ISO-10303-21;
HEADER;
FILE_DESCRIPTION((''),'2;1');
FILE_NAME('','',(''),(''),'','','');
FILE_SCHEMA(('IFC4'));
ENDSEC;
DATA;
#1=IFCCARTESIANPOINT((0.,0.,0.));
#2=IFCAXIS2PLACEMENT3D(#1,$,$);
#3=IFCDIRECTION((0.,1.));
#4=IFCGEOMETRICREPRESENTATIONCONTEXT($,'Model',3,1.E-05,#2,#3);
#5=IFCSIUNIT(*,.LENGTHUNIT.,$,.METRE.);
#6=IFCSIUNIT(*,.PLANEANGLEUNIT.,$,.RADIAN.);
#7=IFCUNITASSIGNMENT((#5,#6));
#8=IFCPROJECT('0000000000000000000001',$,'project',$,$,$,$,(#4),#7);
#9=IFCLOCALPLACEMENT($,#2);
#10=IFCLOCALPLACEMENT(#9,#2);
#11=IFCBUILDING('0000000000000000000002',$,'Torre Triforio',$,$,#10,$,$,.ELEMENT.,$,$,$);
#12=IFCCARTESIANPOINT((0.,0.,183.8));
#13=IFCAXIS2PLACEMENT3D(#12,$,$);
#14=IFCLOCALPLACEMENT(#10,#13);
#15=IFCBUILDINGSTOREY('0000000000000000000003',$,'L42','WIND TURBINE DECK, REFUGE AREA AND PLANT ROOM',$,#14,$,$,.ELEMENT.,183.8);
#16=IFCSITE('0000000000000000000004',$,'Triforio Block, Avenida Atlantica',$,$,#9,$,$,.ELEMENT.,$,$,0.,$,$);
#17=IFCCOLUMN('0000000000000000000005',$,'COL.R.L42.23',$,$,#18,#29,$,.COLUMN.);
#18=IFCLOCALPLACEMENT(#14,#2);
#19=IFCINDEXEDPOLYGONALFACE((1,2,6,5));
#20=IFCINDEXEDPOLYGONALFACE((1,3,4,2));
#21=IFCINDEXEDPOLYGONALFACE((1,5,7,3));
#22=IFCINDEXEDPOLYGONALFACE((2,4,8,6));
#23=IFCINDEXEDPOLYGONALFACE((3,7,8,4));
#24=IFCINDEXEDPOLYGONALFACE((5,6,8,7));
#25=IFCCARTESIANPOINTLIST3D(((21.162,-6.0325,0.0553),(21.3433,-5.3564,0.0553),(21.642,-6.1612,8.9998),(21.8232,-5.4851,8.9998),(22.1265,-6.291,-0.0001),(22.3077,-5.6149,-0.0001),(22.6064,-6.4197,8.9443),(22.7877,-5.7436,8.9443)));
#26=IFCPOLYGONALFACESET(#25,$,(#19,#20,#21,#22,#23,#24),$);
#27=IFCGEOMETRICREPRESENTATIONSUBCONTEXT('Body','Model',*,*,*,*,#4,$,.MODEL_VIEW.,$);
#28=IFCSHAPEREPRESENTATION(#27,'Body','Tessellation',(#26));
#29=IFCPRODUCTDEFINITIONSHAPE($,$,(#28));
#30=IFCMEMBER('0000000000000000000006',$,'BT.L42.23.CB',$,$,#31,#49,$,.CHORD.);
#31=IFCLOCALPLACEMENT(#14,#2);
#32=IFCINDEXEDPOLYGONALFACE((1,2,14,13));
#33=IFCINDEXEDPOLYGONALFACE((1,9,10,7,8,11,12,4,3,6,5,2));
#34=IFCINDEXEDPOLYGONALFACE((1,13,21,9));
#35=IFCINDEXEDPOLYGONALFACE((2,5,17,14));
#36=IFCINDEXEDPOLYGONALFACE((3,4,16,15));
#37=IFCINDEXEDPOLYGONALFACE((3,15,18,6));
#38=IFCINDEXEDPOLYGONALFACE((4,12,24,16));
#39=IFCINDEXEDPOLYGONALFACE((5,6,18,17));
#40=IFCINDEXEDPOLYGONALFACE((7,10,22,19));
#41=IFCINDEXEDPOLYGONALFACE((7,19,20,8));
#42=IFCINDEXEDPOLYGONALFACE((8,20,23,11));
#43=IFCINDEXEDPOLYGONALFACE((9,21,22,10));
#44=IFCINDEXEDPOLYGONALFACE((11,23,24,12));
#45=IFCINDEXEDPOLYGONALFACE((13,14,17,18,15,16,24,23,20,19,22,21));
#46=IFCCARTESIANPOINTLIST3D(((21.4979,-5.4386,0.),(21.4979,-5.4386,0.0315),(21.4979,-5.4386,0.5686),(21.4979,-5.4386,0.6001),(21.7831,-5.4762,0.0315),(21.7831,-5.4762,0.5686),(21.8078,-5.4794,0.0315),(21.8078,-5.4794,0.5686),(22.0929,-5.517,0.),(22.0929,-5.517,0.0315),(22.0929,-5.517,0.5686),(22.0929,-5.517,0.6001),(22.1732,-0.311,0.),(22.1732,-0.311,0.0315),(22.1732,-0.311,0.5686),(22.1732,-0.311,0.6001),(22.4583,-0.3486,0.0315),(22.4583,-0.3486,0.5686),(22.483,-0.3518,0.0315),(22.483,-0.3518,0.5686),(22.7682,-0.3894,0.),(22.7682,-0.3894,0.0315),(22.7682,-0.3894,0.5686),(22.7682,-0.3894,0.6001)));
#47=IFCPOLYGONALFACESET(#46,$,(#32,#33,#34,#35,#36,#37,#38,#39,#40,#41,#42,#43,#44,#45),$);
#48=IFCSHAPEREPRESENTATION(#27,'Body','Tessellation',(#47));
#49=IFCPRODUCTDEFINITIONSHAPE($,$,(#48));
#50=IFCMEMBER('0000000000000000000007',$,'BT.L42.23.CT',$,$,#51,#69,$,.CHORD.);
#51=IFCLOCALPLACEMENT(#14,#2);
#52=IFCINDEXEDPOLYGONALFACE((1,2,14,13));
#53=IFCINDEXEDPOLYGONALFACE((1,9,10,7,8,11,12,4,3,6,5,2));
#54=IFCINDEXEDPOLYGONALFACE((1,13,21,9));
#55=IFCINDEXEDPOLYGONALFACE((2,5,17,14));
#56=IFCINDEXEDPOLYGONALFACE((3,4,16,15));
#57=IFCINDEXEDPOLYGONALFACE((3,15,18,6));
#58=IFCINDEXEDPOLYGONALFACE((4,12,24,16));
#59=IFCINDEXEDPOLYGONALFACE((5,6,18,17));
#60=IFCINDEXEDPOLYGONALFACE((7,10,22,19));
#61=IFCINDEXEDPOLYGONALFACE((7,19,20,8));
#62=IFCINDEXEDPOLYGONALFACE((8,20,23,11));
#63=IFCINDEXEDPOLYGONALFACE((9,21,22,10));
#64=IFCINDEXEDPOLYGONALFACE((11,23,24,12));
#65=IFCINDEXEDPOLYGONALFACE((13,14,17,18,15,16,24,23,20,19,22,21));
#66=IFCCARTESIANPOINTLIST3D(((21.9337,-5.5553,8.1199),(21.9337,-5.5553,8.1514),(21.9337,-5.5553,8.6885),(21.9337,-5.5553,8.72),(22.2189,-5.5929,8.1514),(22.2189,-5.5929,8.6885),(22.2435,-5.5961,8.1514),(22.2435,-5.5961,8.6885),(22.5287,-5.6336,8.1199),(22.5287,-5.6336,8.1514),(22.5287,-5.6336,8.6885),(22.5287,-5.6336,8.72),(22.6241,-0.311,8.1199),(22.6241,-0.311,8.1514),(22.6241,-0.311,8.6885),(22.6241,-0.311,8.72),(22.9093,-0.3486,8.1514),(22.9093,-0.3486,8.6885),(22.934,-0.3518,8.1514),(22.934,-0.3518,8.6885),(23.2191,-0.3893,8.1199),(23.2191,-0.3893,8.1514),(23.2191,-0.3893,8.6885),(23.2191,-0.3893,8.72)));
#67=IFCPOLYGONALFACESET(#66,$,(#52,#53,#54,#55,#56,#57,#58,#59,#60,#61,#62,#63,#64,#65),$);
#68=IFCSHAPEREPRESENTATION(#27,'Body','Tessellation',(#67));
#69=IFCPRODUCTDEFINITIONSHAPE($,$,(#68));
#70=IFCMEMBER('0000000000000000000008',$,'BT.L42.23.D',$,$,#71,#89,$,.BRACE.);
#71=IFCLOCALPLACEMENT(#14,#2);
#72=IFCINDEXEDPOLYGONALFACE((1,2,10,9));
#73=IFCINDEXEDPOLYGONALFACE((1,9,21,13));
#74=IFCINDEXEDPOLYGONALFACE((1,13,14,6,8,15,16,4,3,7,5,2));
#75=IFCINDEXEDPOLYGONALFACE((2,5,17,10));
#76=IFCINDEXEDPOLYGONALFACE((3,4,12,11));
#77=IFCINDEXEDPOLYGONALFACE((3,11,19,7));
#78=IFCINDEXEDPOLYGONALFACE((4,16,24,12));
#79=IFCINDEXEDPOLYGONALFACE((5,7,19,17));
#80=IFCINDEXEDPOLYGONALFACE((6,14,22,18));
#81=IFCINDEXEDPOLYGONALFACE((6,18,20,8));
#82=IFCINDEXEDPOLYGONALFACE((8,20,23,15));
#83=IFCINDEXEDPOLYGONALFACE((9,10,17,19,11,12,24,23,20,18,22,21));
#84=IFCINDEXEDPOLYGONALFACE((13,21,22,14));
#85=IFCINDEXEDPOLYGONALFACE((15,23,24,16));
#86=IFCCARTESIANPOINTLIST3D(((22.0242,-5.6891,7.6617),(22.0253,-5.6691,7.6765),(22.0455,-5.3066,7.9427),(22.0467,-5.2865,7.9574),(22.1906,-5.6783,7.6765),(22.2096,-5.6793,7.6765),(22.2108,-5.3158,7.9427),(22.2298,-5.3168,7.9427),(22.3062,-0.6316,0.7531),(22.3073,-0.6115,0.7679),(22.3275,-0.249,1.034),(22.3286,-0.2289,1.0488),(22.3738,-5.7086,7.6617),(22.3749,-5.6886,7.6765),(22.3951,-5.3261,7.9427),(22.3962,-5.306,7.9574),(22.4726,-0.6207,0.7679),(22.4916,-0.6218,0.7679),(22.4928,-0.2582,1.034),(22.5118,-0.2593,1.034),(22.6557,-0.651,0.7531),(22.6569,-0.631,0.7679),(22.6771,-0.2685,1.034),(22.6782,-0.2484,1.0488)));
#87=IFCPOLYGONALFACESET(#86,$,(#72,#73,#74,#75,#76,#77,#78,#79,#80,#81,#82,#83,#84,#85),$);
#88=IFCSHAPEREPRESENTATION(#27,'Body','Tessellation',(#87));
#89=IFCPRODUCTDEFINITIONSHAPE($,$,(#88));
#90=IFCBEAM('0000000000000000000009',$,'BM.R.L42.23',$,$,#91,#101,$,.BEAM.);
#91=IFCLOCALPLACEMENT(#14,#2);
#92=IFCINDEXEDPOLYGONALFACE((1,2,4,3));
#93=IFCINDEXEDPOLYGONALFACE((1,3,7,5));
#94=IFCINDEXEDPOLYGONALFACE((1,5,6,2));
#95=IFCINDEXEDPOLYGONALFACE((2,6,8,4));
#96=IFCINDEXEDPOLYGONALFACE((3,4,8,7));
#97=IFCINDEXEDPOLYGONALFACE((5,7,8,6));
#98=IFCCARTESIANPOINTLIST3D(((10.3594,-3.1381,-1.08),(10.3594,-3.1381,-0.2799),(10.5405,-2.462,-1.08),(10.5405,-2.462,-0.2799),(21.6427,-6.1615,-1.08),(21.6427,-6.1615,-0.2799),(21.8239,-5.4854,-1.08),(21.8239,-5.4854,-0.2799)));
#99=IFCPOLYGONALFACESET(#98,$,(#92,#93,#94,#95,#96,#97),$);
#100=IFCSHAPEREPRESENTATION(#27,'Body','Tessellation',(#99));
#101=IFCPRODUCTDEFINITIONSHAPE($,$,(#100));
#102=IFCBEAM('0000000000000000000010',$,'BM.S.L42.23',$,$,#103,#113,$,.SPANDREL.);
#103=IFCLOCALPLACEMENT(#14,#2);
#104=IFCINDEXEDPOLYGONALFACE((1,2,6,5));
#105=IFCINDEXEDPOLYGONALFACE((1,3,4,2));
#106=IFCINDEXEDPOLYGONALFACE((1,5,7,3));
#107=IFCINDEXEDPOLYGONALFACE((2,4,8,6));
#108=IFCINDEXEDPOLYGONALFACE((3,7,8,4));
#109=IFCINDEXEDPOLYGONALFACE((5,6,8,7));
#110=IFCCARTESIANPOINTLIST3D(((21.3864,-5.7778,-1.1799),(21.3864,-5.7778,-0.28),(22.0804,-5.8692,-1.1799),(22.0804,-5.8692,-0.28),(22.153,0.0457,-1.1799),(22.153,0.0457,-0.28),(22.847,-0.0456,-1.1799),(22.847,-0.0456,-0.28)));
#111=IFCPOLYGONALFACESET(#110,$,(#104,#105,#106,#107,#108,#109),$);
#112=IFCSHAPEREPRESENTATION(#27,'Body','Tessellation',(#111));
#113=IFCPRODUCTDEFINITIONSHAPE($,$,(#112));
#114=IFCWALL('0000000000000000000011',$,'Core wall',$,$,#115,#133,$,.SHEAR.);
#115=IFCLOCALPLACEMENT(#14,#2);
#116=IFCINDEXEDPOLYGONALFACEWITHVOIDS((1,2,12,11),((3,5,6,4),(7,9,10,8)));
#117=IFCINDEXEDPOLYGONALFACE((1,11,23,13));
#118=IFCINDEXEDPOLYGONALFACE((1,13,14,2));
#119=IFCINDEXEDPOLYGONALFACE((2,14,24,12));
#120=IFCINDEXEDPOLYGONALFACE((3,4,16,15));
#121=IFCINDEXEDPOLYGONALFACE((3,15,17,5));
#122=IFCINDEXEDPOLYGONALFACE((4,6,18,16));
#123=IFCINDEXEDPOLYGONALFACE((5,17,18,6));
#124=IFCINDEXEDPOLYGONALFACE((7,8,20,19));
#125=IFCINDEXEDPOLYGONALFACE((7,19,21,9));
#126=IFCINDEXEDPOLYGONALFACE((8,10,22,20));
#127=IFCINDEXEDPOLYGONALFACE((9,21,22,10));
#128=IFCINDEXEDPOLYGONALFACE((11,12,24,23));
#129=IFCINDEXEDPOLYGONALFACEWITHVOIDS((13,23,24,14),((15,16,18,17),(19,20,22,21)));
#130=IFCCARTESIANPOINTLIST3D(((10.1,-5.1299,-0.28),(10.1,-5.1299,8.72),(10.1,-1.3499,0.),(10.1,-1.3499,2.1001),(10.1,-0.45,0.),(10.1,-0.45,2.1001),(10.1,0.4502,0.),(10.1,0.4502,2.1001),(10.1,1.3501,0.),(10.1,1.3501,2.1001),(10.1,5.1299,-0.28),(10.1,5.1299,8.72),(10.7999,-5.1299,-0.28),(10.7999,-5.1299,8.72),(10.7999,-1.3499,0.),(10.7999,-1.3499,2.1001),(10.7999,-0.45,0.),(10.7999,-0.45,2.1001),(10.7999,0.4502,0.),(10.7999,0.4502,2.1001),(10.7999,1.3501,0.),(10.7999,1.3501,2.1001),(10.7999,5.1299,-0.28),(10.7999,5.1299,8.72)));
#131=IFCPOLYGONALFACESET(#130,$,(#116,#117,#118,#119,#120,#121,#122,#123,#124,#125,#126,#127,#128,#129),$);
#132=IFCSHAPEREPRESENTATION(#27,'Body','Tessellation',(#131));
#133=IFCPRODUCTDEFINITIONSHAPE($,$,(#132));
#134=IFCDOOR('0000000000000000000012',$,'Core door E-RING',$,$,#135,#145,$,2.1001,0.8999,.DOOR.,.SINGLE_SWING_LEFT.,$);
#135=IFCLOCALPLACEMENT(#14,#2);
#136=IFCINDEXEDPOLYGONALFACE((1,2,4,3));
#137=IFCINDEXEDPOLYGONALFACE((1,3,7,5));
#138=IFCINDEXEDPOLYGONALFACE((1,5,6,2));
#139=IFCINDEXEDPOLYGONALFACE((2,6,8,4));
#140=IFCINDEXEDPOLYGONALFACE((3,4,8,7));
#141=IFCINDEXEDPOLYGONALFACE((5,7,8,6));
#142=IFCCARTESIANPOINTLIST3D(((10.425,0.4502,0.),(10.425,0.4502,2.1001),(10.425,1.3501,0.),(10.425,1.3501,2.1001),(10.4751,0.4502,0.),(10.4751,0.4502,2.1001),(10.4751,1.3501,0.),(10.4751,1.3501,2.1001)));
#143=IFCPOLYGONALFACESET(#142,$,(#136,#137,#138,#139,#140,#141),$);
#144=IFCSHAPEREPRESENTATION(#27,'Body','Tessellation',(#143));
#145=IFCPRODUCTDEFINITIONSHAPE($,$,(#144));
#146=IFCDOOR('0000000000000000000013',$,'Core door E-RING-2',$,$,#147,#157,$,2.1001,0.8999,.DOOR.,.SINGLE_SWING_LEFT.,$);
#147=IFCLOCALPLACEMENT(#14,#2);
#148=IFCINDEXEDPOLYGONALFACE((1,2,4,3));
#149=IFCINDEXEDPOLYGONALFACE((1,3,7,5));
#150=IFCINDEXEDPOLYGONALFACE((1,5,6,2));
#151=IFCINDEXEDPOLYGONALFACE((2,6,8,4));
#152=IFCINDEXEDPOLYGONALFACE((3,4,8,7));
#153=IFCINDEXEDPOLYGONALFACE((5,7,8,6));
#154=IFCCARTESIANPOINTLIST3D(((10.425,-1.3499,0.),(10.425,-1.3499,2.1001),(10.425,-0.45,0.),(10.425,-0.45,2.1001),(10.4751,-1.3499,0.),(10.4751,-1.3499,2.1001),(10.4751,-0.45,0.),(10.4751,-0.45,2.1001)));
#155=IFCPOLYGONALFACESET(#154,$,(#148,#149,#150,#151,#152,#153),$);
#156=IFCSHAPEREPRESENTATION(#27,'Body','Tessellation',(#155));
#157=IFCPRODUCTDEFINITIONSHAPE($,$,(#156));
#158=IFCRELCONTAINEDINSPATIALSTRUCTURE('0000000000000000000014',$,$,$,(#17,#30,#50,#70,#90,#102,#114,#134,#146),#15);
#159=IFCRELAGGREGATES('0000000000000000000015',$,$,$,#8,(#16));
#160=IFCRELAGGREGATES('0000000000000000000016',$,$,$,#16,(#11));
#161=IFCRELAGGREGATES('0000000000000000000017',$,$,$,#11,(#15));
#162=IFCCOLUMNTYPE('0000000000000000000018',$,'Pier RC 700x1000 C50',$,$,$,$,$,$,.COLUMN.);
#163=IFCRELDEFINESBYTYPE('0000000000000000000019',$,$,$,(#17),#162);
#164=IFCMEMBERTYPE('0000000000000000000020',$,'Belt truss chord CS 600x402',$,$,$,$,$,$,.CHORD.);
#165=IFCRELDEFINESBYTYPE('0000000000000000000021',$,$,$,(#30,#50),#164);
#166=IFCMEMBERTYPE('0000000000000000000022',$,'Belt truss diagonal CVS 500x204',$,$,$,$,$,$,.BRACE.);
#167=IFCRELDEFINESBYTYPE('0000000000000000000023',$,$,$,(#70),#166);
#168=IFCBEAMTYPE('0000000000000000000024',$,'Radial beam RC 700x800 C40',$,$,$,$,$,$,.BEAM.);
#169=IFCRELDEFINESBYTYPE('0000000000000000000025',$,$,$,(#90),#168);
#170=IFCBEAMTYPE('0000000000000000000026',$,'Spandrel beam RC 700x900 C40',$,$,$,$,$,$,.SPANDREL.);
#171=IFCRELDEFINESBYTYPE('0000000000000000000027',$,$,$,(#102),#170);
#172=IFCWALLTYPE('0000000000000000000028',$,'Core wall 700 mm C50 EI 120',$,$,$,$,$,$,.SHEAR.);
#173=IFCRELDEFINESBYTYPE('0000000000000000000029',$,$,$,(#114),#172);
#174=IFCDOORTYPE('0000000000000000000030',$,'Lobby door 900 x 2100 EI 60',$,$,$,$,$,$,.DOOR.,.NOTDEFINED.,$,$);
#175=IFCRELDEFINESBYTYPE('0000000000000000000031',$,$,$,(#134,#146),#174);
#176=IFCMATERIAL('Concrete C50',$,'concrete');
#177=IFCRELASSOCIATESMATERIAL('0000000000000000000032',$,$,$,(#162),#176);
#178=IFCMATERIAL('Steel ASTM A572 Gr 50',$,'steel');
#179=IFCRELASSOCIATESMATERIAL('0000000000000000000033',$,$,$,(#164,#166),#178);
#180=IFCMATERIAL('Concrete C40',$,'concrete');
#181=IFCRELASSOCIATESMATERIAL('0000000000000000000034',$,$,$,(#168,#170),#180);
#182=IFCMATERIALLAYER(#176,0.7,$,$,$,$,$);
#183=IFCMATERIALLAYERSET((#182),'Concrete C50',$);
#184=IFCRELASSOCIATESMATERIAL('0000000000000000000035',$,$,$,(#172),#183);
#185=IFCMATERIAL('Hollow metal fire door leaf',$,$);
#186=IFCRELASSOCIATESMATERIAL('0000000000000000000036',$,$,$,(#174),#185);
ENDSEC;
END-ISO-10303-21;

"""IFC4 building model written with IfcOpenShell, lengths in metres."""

from ifc_helpers import new_model, si_unit, direction, frame, frame_2d, origin, origin_2d, place, context, subcontext, project, spatial, rectangle, i_section, extrude, material, layer, layer_set, material_profile, profile_set, type_object, element, fill, save


model = new_model("IFC4")

# Units and contexts
model_context = context("Model", 3, precision=1e-05, world=origin(), true_north=direction((0.0, 1.0)))
body_context = subcontext(model_context, "Body", "Model", "MODEL_VIEW")
ifc_project = project(units=[si_unit("LENGTHUNIT", "METRE"), si_unit("PLANEANGLEUNIT", "RADIAN")], contexts=[model_context])

# Site, building, storey
site_placement = place(None, origin())
site = spatial("IfcSite", under=ifc_project, at=site_placement, Name="Triforio Block, Avenida Atlantica", CompositionType="ELEMENT", RefElevation=0.0)
building_placement = place(site_placement, origin())
building = spatial("IfcBuilding", under=site, at=building_placement, Name="Torre Triforio", CompositionType="ELEMENT")
storey_placement = place(building_placement, frame((0.0, 0.0, 183.8)))
storey = spatial("IfcBuildingStorey", under=building, at=storey_placement, Name="L42", Description="WIND TURBINE DECK, REFUGE AREA AND PLANT ROOM", CompositionType="ELEMENT", Elevation=183.8)

# Column
ifc_material_1 = material(Name="Concrete C50", Category="concrete")
ifc_material_profile_1 = material_profile(ifc_material_1, rectangle(XDim=0.7, YDim=1.0, at=origin_2d()), Name="RC 700x1000")
ifc_profile_set_1 = profile_set([ifc_material_profile_1], Name="Concrete C50")
column_type = type_object("IfcColumnType", Name="Pier RC 700x1000 C50", PredefinedType="COLUMN", material=ifc_profile_set_1)
column_placement = place(storey_placement, frame((21.7349, -5.8237, 0.0276), z_axis=(0.053579, -0.014362, 0.99846), x_axis=(0.258916, 0.9659, 0.0)))
element("IfcColumn", 1, at=column_placement, inside=storey, type_object=column_type, Name="COL.R.L42.23", PredefinedType="COLUMN", context=body_context, shape_type="SweptSolid", body=[
    extrude(rectangle(XDim=0.7, YDim=1.0, at=origin_2d()), origin(), (0.0, 0.0, 1.0), 8.9583),
])

# Members
ifc_material_2 = material(Name="Steel ASTM A572 Gr 50", Category="steel")
ifc_material_profile_2 = material_profile(ifc_material_2, i_section(OverallWidth=0.6001, OverallDepth=0.6001, WebThickness=0.0249, FlangeThickness=0.0315, at=origin_2d()), Name="CS 600x402")
ifc_profile_set_2 = profile_set([ifc_material_profile_2], Name="Steel ASTM A572 Gr 50")
member_type_1 = type_object("IfcMemberType", Name="Belt truss chord CS 600x402", PredefinedType="CHORD", material=ifc_profile_set_2)
member_1_placement = place(storey_placement, frame((21.7954, -5.4778, 0.3), z_axis=(0.130568, 0.991439, 0.0), x_axis=(-0.991439, 0.130568, 0.0)))
element("IfcMember", 2, at=member_1_placement, inside=storey, type_object=member_type_1, Name="BT.L42.23.CB", PredefinedType="CHORD", context=body_context, shape_type="SweptSolid", body=[
    extrude(i_section(OverallWidth=0.6001, OverallDepth=0.6001, WebThickness=0.0249, FlangeThickness=0.0315, at=origin_2d()), origin(), (0.0, 0.0, 1.0), 5.1719),
])
member_2_placement = place(storey_placement, frame((22.2312, -5.5945, 8.4199), z_axis=(0.130525, 0.991445, 0.0), x_axis=(-0.991445, 0.130525, 0.0)))
element("IfcMember", 3, at=member_2_placement, inside=storey, type_object=member_type_1, Name="BT.L42.23.CT", PredefinedType="CHORD", context=body_context, shape_type="SweptSolid", body=[
    extrude(i_section(OverallWidth=0.6001, OverallDepth=0.6001, WebThickness=0.0249, FlangeThickness=0.0315, at=origin_2d()), origin(), (0.0, 0.0, 1.0), 5.2896),
])
ifc_material_profile_3 = material_profile(ifc_material_2, i_section(OverallWidth=0.3501, OverallDepth=0.5, WebThickness=0.019, FlangeThickness=0.0249, at=origin_2d()), Name="CVS 500x204")
ifc_profile_set_3 = profile_set([ifc_material_profile_3], Name="Steel ASTM A572 Gr 50")
member_type_2 = type_object("IfcMemberType", Name="Belt truss diagonal CVS 500x204", PredefinedType="BRACE", material=ifc_profile_set_3)
member_3_placement = place(storey_placement, frame((22.2102, -5.4976, 7.8096), z_axis=(0.032916, 0.590378, -0.806455), x_axis=(-0.998449, 0.055668, 0.0)))
element("IfcMember", 4, at=member_3_placement, inside=storey, type_object=member_type_2, Name="BT.L42.23.D", PredefinedType="BRACE", context=body_context, shape_type="SweptSolid", body=[
    extrude(i_section(OverallWidth=0.3501, OverallDepth=0.5, WebThickness=0.019, FlangeThickness=0.0249, at=origin_2d()), origin(), (0.0, 0.0, 1.0), 8.5667),
])

# Beams
ifc_material_3 = material(Name="Concrete C40", Category="concrete")
ifc_material_profile_4 = material_profile(ifc_material_3, rectangle(XDim=0.7, YDim=0.8, at=origin_2d()), Name="RC 700x800")
ifc_profile_set_4 = profile_set([ifc_material_profile_4], Name="Concrete C40")
beam_type_1 = type_object("IfcBeamType", Name="Radial beam RC 700x800 C40", PredefinedType="BEAM", material=ifc_profile_set_4)
beam_1_placement = place(storey_placement, frame((10.45, -2.8, -0.6799), z_axis=(0.965925, -0.258823, 0.0), x_axis=(0.258823, 0.965925, 0.0)))
element("IfcBeam", 5, at=beam_1_placement, inside=storey, type_object=beam_type_1, Name="BM.R.L42.23", PredefinedType="BEAM", context=body_context, shape_type="SweptSolid", body=[
    extrude(rectangle(XDim=0.7, YDim=0.8, at=origin_2d()), origin(), (0.0, 0.0, 1.0), 11.6814),
])
ifc_material_profile_5 = material_profile(ifc_material_3, rectangle(XDim=0.7, YDim=0.8999, at=origin_2d()), Name="RC 700x900")
ifc_profile_set_5 = profile_set([ifc_material_profile_5], Name="Concrete C40")
beam_type_2 = type_object("IfcBeamType", Name="Spandrel beam RC 700x900 C40", PredefinedType="SPANDREL", material=ifc_profile_set_5)
beam_2_placement = place(storey_placement, frame((21.7334, -5.8235, -0.73), z_axis=(0.130514, 0.991447, 0.0), x_axis=(-0.991447, 0.130514, 0.0)))
element("IfcBeam", 6, at=beam_2_placement, inside=storey, type_object=beam_type_2, Name="BM.S.L42.23", PredefinedType="SPANDREL", context=body_context, shape_type="SweptSolid", body=[
    extrude(rectangle(XDim=0.7, YDim=0.8999, at=origin_2d()), origin(), (0.0, 0.0, 1.0), 5.8738),
])

# Wall, openings, doors
ifc_layer_1 = layer(ifc_material_1, 0.7)
ifc_layer_set_1 = layer_set([ifc_layer_1], Name="Concrete C50")
wall_type_1 = type_object("IfcWallType", Name="Core wall 700 mm C50 EI 120", PredefinedType="SHEAR", material=ifc_layer_set_1)
wall_1_placement = place(storey_placement, frame((10.45, -5.1299, -0.28), z_axis=(0.0, 0.0, 1.0), x_axis=(0.0, 1.0, 0.0)))
wall_1 = element("IfcWall", 7, at=wall_1_placement, inside=storey, type_object=wall_type_1, Name="Core wall", PredefinedType="SHEAR", context=body_context, shape_type="SweptSolid", body=[
    extrude(rectangle(XDim=10.2598, YDim=0.7, at=frame_2d((5.1299, 0.0))), origin(), (0.0, 0.0, 1.0), 9.0),
])
opening_1_placement = place(wall_1_placement, frame((5.5801, 0.0, 0.28)))
opening_1 = element("IfcOpeningElement", 8, at=opening_1_placement, cuts=wall_1, PredefinedType="OPENING", context=body_context, shape_type="SweptSolid", body=[
    extrude(rectangle(XDim=0.8999, YDim=2.1001, at=frame_2d((0.45, 1.05))), frame((0.0, 0.3599, 0.0), z_axis=(0.0, -1.0, 0.0), x_axis=(1.0, 0.0, 0.0)), (0.0, 0.0, 1.0), 0.72),
])
opening_2_placement = place(wall_1_placement, frame((3.78, 0.0, 0.28)))
opening_2 = element("IfcOpeningElement", 9, at=opening_2_placement, cuts=wall_1, PredefinedType="OPENING", context=body_context, shape_type="SweptSolid", body=[
    extrude(rectangle(XDim=0.8999, YDim=2.1001, at=frame_2d((0.45, 1.05))), frame((0.0, 0.3599, 0.0), z_axis=(0.0, -1.0, 0.0), x_axis=(1.0, 0.0, 0.0)), (0.0, 0.0, 1.0), 0.72),
])
ifc_material_4 = material(Name="Hollow metal fire door leaf")
door_type_1 = type_object("IfcDoorType", Name="Lobby door 900 x 2100 EI 60", OperationType="NOTDEFINED", PredefinedType="DOOR", material=ifc_material_4)
door_1_placement = place(opening_1_placement, origin())
door_1 = element("IfcDoor", 10, at=door_1_placement, inside=storey, type_object=door_type_1, Name="Core door E-RING", OperationType="SINGLE_SWING_LEFT", OverallHeight=2.1001, OverallWidth=0.8999, PredefinedType="DOOR", context=body_context, shape_type="SweptSolid", body=[
    extrude(rectangle(XDim=0.8999, YDim=2.1001, at=frame_2d((0.45, 1.05))), frame((0.0, 0.0249, 0.0), z_axis=(0.0, -1.0, 0.0), x_axis=(1.0, 0.0, 0.0)), (0.0, 0.0, 1.0), 0.05),
])
fill(opening_1, door_1)
door_2_placement = place(opening_2_placement, origin())
door_2 = element("IfcDoor", 11, at=door_2_placement, inside=storey, type_object=door_type_1, Name="Core door E-RING-2", OperationType="SINGLE_SWING_LEFT", OverallHeight=2.1001, OverallWidth=0.8999, PredefinedType="DOOR", context=body_context, shape_type="SweptSolid", body=[
    extrude(rectangle(XDim=0.8999, YDim=2.1001, at=frame_2d((0.45, 1.05))), frame((0.0, 0.0249, 0.0), z_axis=(0.0, -1.0, 0.0), x_axis=(1.0, 0.0, 0.0)), (0.0, 0.0, 1.0), 0.05),
])
fill(opening_2, door_2)

save(model, "model.ifc")
